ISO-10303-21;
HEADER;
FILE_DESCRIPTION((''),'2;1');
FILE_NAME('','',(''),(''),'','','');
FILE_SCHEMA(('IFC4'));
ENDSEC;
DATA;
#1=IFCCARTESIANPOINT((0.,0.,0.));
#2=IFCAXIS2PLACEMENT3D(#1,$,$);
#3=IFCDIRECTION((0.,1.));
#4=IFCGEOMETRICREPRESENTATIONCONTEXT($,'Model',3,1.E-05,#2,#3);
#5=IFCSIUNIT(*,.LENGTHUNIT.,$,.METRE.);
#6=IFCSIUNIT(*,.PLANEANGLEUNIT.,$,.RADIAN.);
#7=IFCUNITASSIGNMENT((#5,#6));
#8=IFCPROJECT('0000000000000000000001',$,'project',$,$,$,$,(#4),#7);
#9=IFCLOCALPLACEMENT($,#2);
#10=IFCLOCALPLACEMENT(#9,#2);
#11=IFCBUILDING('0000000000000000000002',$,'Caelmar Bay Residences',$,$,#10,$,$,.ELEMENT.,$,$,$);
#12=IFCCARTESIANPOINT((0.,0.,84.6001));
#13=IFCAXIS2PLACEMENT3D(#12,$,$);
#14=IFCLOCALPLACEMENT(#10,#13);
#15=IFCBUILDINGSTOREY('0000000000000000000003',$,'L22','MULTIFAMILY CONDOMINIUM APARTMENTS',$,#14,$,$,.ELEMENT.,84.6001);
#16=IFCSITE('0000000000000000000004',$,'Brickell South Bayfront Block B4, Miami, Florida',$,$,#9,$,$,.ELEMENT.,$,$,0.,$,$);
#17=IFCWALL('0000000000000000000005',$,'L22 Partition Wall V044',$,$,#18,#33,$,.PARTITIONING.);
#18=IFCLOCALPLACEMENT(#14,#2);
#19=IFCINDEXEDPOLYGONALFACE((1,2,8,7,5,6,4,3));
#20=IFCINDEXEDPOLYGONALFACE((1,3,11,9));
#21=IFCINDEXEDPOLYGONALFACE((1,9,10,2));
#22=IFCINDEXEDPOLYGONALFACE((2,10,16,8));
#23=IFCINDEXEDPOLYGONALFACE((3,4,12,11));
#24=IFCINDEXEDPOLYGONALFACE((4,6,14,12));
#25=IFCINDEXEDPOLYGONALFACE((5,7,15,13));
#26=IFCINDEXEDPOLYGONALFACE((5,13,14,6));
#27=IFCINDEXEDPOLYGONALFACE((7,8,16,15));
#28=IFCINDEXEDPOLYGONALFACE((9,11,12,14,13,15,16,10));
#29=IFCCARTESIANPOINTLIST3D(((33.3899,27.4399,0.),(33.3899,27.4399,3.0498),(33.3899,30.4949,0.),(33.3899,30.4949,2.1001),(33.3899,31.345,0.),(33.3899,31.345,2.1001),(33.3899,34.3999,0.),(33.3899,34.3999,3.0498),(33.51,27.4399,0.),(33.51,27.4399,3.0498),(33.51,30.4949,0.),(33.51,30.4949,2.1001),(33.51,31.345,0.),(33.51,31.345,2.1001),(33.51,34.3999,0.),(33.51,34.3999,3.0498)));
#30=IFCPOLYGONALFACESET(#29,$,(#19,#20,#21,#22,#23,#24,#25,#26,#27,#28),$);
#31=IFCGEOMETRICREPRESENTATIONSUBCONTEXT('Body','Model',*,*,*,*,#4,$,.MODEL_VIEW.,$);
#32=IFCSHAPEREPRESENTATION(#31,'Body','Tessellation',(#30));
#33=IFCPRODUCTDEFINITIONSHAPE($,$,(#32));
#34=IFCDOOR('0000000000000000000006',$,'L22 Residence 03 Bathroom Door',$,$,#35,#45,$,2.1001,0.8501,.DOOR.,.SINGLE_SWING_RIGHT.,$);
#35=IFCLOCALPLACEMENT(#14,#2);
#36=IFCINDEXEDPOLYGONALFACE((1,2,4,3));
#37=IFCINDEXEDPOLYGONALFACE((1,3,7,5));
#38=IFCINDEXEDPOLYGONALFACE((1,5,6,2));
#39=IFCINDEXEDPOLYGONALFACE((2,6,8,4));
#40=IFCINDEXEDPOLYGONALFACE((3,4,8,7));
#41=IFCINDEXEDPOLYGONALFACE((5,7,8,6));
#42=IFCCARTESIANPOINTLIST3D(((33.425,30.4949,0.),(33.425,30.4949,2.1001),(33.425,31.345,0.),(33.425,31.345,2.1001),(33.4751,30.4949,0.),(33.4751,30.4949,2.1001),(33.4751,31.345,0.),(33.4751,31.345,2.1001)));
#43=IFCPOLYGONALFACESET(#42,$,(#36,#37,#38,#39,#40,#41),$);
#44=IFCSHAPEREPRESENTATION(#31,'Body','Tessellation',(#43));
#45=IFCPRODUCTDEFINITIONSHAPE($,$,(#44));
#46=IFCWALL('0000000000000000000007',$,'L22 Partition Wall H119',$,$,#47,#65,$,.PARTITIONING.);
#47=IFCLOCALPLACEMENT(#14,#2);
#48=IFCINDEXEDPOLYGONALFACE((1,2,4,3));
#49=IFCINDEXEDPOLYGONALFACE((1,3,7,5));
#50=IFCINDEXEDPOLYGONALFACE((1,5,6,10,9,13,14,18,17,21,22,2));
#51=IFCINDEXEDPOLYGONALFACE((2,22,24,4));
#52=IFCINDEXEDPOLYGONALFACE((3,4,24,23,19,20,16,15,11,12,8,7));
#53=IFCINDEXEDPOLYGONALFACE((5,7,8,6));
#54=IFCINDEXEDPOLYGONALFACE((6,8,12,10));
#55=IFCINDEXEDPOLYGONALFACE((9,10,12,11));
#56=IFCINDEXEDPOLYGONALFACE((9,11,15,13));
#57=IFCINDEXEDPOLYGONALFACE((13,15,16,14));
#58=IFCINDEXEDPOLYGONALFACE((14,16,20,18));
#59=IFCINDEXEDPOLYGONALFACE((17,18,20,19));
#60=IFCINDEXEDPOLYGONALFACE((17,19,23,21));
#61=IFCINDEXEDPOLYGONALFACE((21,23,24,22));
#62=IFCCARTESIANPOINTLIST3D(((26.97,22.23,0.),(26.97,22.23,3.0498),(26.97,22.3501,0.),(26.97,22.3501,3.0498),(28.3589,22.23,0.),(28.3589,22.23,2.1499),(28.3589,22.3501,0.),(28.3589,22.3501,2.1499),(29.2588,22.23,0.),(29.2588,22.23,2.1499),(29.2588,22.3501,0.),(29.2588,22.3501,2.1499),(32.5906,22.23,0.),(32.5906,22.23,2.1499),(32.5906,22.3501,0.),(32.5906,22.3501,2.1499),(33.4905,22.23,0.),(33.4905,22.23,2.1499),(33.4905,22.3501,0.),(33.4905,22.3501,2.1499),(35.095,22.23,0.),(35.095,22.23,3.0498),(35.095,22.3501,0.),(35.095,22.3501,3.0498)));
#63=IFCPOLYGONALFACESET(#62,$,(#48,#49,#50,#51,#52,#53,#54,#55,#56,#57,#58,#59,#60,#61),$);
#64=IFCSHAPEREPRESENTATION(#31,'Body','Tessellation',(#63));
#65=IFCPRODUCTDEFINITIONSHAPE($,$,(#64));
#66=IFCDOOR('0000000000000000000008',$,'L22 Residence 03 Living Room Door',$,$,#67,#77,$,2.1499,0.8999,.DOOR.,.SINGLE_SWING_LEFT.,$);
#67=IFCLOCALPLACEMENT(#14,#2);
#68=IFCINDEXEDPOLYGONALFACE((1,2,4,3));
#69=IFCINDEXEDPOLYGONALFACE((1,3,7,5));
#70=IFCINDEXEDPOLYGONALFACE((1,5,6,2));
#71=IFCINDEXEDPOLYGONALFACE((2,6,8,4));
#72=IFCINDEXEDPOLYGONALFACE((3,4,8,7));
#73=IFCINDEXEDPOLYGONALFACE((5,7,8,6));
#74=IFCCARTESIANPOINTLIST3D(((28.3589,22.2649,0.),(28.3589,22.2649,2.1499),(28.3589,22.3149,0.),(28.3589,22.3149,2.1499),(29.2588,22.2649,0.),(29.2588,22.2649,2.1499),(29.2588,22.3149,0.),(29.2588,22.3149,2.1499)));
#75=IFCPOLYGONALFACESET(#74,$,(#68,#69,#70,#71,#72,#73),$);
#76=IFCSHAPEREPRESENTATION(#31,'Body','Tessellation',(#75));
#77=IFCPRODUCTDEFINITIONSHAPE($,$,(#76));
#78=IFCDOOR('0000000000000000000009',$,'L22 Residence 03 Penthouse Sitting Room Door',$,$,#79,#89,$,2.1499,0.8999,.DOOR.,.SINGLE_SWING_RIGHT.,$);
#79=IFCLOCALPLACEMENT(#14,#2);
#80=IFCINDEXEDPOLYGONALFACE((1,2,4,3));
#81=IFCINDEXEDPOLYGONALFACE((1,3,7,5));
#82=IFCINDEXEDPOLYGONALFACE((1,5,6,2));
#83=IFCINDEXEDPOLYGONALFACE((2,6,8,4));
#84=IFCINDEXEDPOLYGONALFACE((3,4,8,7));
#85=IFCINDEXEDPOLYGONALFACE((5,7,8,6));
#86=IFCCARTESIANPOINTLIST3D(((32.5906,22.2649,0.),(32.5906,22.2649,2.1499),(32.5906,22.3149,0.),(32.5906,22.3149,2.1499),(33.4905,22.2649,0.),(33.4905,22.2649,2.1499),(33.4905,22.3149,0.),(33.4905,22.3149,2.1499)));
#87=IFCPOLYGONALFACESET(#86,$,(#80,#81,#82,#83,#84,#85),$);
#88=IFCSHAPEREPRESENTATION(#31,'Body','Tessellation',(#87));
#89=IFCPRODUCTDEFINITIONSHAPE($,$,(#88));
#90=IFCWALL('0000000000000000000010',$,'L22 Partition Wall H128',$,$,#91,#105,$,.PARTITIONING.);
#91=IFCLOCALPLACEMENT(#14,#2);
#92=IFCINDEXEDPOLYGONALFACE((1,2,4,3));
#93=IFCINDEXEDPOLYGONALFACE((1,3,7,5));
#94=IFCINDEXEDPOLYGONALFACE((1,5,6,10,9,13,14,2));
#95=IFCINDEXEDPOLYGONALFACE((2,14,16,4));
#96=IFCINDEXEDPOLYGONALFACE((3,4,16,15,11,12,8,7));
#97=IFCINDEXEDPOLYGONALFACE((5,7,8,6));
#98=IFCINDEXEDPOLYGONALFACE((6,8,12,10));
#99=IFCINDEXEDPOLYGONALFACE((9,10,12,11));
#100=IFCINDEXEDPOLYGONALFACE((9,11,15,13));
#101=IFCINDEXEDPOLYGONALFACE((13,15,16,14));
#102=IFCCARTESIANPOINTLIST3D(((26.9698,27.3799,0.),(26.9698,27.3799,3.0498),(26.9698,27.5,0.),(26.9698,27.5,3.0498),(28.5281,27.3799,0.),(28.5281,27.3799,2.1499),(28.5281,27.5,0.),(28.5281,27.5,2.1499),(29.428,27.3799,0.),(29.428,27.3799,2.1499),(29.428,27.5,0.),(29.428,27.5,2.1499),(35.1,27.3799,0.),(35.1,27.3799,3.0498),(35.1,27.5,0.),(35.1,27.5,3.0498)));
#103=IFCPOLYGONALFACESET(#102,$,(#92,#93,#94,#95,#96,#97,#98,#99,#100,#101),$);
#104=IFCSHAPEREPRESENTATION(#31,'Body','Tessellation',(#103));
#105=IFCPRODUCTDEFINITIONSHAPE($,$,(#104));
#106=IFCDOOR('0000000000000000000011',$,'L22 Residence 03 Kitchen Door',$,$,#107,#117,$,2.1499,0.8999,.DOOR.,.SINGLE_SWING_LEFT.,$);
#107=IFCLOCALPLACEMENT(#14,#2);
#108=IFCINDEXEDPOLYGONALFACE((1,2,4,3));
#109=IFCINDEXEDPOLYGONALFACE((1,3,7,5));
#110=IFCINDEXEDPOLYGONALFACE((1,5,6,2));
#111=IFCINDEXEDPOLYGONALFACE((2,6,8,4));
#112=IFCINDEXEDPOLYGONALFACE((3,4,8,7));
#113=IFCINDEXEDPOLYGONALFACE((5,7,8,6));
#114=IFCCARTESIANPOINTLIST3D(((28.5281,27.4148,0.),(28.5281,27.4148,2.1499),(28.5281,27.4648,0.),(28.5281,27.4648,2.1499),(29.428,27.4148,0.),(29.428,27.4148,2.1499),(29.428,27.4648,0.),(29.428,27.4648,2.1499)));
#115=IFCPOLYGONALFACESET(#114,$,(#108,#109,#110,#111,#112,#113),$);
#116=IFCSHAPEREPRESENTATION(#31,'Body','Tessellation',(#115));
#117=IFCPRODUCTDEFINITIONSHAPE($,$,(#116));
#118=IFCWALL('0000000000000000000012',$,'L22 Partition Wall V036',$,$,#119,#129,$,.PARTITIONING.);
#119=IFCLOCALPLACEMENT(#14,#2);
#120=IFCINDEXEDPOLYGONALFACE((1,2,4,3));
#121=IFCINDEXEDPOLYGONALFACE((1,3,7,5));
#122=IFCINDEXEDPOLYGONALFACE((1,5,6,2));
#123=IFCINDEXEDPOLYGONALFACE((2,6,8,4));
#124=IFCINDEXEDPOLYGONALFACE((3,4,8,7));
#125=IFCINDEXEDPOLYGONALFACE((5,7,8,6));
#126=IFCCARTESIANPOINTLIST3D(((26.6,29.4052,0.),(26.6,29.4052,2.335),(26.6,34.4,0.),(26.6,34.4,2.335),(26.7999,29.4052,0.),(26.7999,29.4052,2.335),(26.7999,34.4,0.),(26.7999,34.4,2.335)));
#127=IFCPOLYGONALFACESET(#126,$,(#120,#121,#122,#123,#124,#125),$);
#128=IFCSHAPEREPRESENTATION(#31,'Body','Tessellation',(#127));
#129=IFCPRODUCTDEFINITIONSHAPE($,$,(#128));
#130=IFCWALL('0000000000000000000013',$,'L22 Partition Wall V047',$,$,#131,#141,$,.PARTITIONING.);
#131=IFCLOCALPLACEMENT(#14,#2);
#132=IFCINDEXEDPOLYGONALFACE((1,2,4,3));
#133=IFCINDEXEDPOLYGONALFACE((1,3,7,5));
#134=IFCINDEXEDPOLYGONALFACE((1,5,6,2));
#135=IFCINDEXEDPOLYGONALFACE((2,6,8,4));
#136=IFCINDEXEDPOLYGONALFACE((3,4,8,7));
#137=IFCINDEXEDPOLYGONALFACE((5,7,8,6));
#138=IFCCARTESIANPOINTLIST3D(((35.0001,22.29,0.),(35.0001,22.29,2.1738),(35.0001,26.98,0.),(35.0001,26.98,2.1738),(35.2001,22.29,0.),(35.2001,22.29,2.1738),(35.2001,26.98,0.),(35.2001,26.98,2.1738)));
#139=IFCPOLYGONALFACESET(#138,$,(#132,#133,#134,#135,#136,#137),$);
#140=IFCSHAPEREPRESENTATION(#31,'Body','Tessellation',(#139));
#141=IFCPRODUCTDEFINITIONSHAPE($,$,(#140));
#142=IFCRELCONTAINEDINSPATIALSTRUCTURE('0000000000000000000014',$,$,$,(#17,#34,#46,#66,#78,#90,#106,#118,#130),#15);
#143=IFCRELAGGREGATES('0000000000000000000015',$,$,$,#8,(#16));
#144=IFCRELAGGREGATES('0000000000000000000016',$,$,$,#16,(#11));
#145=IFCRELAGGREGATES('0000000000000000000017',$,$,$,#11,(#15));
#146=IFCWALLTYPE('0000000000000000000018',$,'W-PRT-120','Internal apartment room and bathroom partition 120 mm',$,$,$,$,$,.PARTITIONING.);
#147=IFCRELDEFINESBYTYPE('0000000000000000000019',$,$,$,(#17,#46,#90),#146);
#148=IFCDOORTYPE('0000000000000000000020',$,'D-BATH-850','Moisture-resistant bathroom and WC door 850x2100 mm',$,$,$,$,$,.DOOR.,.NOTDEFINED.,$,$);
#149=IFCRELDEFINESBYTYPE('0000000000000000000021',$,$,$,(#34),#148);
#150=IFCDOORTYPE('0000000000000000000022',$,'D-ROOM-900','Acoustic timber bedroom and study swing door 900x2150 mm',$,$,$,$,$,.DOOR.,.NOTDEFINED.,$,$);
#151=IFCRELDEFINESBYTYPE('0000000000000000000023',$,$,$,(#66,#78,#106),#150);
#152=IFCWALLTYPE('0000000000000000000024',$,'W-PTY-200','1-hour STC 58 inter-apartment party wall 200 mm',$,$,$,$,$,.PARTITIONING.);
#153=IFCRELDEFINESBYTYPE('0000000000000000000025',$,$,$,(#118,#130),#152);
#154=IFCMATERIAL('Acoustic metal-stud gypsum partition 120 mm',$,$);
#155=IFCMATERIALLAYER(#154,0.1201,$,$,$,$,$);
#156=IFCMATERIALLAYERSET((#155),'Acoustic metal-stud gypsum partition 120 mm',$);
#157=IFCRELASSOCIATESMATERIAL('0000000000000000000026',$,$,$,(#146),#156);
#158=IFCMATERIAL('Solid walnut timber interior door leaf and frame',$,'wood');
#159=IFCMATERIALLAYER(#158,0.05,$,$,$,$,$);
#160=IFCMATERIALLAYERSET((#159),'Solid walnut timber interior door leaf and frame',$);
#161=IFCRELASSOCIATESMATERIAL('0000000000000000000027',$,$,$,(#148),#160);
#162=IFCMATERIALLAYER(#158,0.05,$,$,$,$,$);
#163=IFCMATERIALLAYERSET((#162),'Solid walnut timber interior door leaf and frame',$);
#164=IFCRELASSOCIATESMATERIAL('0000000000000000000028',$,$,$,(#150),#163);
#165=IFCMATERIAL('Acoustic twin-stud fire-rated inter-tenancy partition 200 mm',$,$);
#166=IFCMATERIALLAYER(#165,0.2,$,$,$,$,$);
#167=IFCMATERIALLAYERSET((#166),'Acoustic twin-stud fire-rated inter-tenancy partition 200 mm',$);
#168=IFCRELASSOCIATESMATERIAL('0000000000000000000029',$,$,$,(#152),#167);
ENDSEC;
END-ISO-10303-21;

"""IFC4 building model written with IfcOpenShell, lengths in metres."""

from ifc_helpers import new_model, si_unit, direction, frame, frame_2d, origin, place, context, subcontext, project, spatial, rectangle, extrude, material, layer, layer_set, type_object, element, fill, save


model = new_model("IFC4")

# Units and contexts
model_context = context("Model", 3, precision=1e-05, world=origin(), true_north=direction((0.0, 1.0)))
body_context = subcontext(model_context, "Body", "Model", "MODEL_VIEW")
ifc_project = project(units=[si_unit("LENGTHUNIT", "METRE"), si_unit("PLANEANGLEUNIT", "RADIAN")], contexts=[model_context])

# Site, building, storey
site_placement = place(None, origin())
site = spatial("IfcSite", under=ifc_project, at=site_placement, Name="Brickell South Bayfront Block B4, Miami, Florida", CompositionType="ELEMENT", RefElevation=0.0)
building_placement = place(site_placement, origin())
building = spatial("IfcBuilding", under=site, at=building_placement, Name="Caelmar Bay Residences", CompositionType="ELEMENT")
storey_placement = place(building_placement, frame((0.0, 0.0, 84.6001)))
storey = spatial("IfcBuildingStorey", under=building, at=storey_placement, Name="L22", Description="MULTIFAMILY CONDOMINIUM APARTMENTS", CompositionType="ELEMENT", Elevation=84.6001)

# Shared definitions
ifc_material_1 = material(Name="Acoustic metal-stud gypsum partition 120 mm")
ifc_layer_1 = layer(ifc_material_1, 0.1201)
ifc_layer_set_1 = layer_set([ifc_layer_1], Name="Acoustic metal-stud gypsum partition 120 mm")
wall_type_1 = type_object("IfcWallType", Name="W-PRT-120", Description="Internal apartment room and bathroom partition 120 mm", PredefinedType="PARTITIONING", material=ifc_layer_set_1)
ifc_material_2 = material(Name="Solid walnut timber interior door leaf and frame", Category="wood")
ifc_layer_2 = layer(ifc_material_2, 0.05)
ifc_layer_set_2 = layer_set([ifc_layer_2], Name="Solid walnut timber interior door leaf and frame")
door_type_1 = type_object("IfcDoorType", Name="D-BATH-850", Description="Moisture-resistant bathroom and WC door 850x2100 mm", OperationType="NOTDEFINED", PredefinedType="DOOR", material=ifc_layer_set_2)
ifc_layer_3 = layer(ifc_material_2, 0.05)
ifc_layer_set_3 = layer_set([ifc_layer_3], Name="Solid walnut timber interior door leaf and frame")
door_type_2 = type_object("IfcDoorType", Name="D-ROOM-900", Description="Acoustic timber bedroom and study swing door 900x2150 mm", OperationType="NOTDEFINED", PredefinedType="DOOR", material=ifc_layer_set_3)

# Wall, opening, door
wall_1_placement = place(storey_placement, frame((33.45, 27.4399, 0.0), z_axis=(0.0, 0.0, 1.0), x_axis=(0.0, 1.0, 0.0)))
wall_1 = element("IfcWall", 1, at=wall_1_placement, inside=storey, type_object=wall_type_1, Name="L22 Partition Wall V044", PredefinedType="PARTITIONING", context=body_context, shape_type="SweptSolid", body=[
    extrude(rectangle(XDim=6.96, YDim=0.1201, at=frame_2d((3.48, 0.0))), origin(), (0.0, 0.0, 1.0), 3.0498),
])
opening_1_placement = place(wall_1_placement, frame((3.0549, 0.0, 0.0)))
opening_1 = element("IfcOpeningElement", 2, at=opening_1_placement, cuts=wall_1, PredefinedType="OPENING", context=body_context, shape_type="SweptSolid", body=[
    extrude(rectangle(XDim=0.8501, YDim=2.1001, at=frame_2d((0.425, 1.05))), frame((0.0, 0.0701, 0.0), z_axis=(0.0, -1.0, 0.0), x_axis=(1.0, 0.0, 0.0)), (0.0, 0.0, 1.0), 0.1401),
])
door_1_placement = place(opening_1_placement, origin())
door_1 = element("IfcDoor", 3, at=door_1_placement, inside=storey, type_object=door_type_1, Name="L22 Residence 03 Bathroom Door", OperationType="SINGLE_SWING_RIGHT", OverallHeight=2.1001, OverallWidth=0.8501, PredefinedType="DOOR", context=body_context, shape_type="SweptSolid", body=[
    extrude(rectangle(XDim=0.8501, YDim=2.1001, at=frame_2d((0.425, 1.05))), frame((0.0, 0.0249, 0.0), z_axis=(0.0, -1.0, 0.0), x_axis=(1.0, 0.0, 0.0)), (0.0, 0.0, 1.0), 0.05),
])
fill(opening_1, door_1)

# Wall, openings, doors
wall_2_placement = place(storey_placement, frame((26.97, 22.29, 0.0), z_axis=(0.0, 0.0, 1.0), x_axis=(1.0, 0.0, 0.0)))
wall_2 = element("IfcWall", 4, at=wall_2_placement, inside=storey, type_object=wall_type_1, Name="L22 Partition Wall H119", PredefinedType="PARTITIONING", context=body_context, shape_type="SweptSolid", body=[
    extrude(rectangle(XDim=8.125, YDim=0.1201, at=frame_2d((4.0625, 0.0))), origin(), (0.0, 0.0, 1.0), 3.0498),
])
opening_2_placement = place(wall_2_placement, frame((1.3889, 0.0, 0.0)))
opening_2 = element("IfcOpeningElement", 5, at=opening_2_placement, cuts=wall_2, PredefinedType="OPENING", context=body_context, shape_type="SweptSolid", body=[
    extrude(rectangle(XDim=0.8999, YDim=2.1499, at=frame_2d((0.45, 1.075))), frame((0.0, 0.0701, 0.0), z_axis=(0.0, -1.0, 0.0), x_axis=(1.0, 0.0, 0.0)), (0.0, 0.0, 1.0), 0.1401),
])
opening_3_placement = place(wall_2_placement, frame((5.6206, 0.0, 0.0)))
opening_3 = element("IfcOpeningElement", 6, at=opening_3_placement, cuts=wall_2, PredefinedType="OPENING", context=body_context, shape_type="SweptSolid", body=[
    extrude(rectangle(XDim=0.8999, YDim=2.1499, at=frame_2d((0.45, 1.075))), frame((0.0, 0.0701, 0.0), z_axis=(0.0, -1.0, 0.0), x_axis=(1.0, 0.0, 0.0)), (0.0, 0.0, 1.0), 0.1401),
])
door_2_placement = place(opening_2_placement, origin())
door_2 = element("IfcDoor", 7, at=door_2_placement, inside=storey, type_object=door_type_2, Name="L22 Residence 03 Living Room Door", OperationType="SINGLE_SWING_LEFT", OverallHeight=2.1499, OverallWidth=0.8999, PredefinedType="DOOR", context=body_context, shape_type="SweptSolid", body=[
    extrude(rectangle(XDim=0.8999, YDim=2.1499, at=frame_2d((0.45, 1.075))), frame((0.0, 0.0249, 0.0), z_axis=(0.0, -1.0, 0.0), x_axis=(1.0, 0.0, 0.0)), (0.0, 0.0, 1.0), 0.05),
])
fill(opening_2, door_2)
door_3_placement = place(opening_3_placement, origin())
door_3 = element("IfcDoor", 8, at=door_3_placement, inside=storey, type_object=door_type_2, Name="L22 Residence 03 Penthouse Sitting Room Door", OperationType="SINGLE_SWING_RIGHT", OverallHeight=2.1499, OverallWidth=0.8999, PredefinedType="DOOR", context=body_context, shape_type="SweptSolid", body=[
    extrude(rectangle(XDim=0.8999, YDim=2.1499, at=frame_2d((0.45, 1.075))), frame((0.0, 0.0249, 0.0), z_axis=(0.0, -1.0, 0.0), x_axis=(1.0, 0.0, 0.0)), (0.0, 0.0, 1.0), 0.05),
])
fill(opening_3, door_3)

# Wall, opening, door
wall_3_placement = place(storey_placement, frame((26.97, 27.4399, 0.0), z_axis=(0.0, 0.0, 1.0), x_axis=(1.0, 0.0, 0.0)))
wall_3 = element("IfcWall", 9, at=wall_3_placement, inside=storey, type_object=wall_type_1, Name="L22 Partition Wall H128", PredefinedType="PARTITIONING", context=body_context, shape_type="SweptSolid", body=[
    extrude(rectangle(XDim=8.1301, YDim=0.1201, at=frame_2d((4.0649, 0.0))), origin(), (0.0, 0.0, 1.0), 3.0498),
])
opening_4_placement = place(wall_3_placement, frame((1.5581, 0.0, 0.0)))
opening_4 = element("IfcOpeningElement", 10, at=opening_4_placement, cuts=wall_3, PredefinedType="OPENING", context=body_context, shape_type="SweptSolid", body=[
    extrude(rectangle(XDim=0.8999, YDim=2.1499, at=frame_2d((0.45, 1.075))), frame((0.0, 0.0701, 0.0), z_axis=(0.0, -1.0, 0.0), x_axis=(1.0, 0.0, 0.0)), (0.0, 0.0, 1.0), 0.1401),
])
door_4_placement = place(opening_4_placement, origin())
door_4 = element("IfcDoor", 11, at=door_4_placement, inside=storey, type_object=door_type_2, Name="L22 Residence 03 Kitchen Door", OperationType="SINGLE_SWING_LEFT", OverallHeight=2.1499, OverallWidth=0.8999, PredefinedType="DOOR", context=body_context, shape_type="SweptSolid", body=[
    extrude(rectangle(XDim=0.8999, YDim=2.1499, at=frame_2d((0.45, 1.075))), frame((0.0, 0.0249, 0.0), z_axis=(0.0, -1.0, 0.0), x_axis=(1.0, 0.0, 0.0)), (0.0, 0.0, 1.0), 0.05),
])
fill(opening_4, door_4)

# Walls
ifc_material_3 = material(Name="Acoustic twin-stud fire-rated inter-tenancy partition 200 mm")
ifc_layer_4 = layer(ifc_material_3, 0.2)
ifc_layer_set_4 = layer_set([ifc_layer_4], Name="Acoustic twin-stud fire-rated inter-tenancy partition 200 mm")
wall_type_2 = type_object("IfcWallType", Name="W-PTY-200", Description="1-hour STC 58 inter-apartment party wall 200 mm", PredefinedType="PARTITIONING", material=ifc_layer_set_4)
wall_4_placement = place(storey_placement, frame((26.7, 29.405, 0.0), z_axis=(0.0, 0.0, 1.0), x_axis=(0.0, 1.0, 0.0)))
element("IfcWall", 12, at=wall_4_placement, inside=storey, type_object=wall_type_2, Name="L22 Partition Wall V036", PredefinedType="PARTITIONING", context=body_context, shape_type="SweptSolid", body=[
    extrude(rectangle(XDim=4.9949, YDim=0.2, at=frame_2d((2.4976, 0.0))), origin(), (0.0, 0.0, 1.0), 2.335),
])
wall_5_placement = place(storey_placement, frame((35.1001, 22.29, 0.0), z_axis=(0.0, 0.0, 1.0), x_axis=(0.0, 1.0, 0.0)))
element("IfcWall", 13, at=wall_5_placement, inside=storey, type_object=wall_type_2, Name="L22 Partition Wall V047", PredefinedType="PARTITIONING", context=body_context, shape_type="SweptSolid", body=[
    extrude(rectangle(XDim=4.6899, YDim=0.2, at=frame_2d((2.345, 0.0))), origin(), (0.0, 0.0, 1.0), 2.1738),
])

save(model, "model.ifc")
